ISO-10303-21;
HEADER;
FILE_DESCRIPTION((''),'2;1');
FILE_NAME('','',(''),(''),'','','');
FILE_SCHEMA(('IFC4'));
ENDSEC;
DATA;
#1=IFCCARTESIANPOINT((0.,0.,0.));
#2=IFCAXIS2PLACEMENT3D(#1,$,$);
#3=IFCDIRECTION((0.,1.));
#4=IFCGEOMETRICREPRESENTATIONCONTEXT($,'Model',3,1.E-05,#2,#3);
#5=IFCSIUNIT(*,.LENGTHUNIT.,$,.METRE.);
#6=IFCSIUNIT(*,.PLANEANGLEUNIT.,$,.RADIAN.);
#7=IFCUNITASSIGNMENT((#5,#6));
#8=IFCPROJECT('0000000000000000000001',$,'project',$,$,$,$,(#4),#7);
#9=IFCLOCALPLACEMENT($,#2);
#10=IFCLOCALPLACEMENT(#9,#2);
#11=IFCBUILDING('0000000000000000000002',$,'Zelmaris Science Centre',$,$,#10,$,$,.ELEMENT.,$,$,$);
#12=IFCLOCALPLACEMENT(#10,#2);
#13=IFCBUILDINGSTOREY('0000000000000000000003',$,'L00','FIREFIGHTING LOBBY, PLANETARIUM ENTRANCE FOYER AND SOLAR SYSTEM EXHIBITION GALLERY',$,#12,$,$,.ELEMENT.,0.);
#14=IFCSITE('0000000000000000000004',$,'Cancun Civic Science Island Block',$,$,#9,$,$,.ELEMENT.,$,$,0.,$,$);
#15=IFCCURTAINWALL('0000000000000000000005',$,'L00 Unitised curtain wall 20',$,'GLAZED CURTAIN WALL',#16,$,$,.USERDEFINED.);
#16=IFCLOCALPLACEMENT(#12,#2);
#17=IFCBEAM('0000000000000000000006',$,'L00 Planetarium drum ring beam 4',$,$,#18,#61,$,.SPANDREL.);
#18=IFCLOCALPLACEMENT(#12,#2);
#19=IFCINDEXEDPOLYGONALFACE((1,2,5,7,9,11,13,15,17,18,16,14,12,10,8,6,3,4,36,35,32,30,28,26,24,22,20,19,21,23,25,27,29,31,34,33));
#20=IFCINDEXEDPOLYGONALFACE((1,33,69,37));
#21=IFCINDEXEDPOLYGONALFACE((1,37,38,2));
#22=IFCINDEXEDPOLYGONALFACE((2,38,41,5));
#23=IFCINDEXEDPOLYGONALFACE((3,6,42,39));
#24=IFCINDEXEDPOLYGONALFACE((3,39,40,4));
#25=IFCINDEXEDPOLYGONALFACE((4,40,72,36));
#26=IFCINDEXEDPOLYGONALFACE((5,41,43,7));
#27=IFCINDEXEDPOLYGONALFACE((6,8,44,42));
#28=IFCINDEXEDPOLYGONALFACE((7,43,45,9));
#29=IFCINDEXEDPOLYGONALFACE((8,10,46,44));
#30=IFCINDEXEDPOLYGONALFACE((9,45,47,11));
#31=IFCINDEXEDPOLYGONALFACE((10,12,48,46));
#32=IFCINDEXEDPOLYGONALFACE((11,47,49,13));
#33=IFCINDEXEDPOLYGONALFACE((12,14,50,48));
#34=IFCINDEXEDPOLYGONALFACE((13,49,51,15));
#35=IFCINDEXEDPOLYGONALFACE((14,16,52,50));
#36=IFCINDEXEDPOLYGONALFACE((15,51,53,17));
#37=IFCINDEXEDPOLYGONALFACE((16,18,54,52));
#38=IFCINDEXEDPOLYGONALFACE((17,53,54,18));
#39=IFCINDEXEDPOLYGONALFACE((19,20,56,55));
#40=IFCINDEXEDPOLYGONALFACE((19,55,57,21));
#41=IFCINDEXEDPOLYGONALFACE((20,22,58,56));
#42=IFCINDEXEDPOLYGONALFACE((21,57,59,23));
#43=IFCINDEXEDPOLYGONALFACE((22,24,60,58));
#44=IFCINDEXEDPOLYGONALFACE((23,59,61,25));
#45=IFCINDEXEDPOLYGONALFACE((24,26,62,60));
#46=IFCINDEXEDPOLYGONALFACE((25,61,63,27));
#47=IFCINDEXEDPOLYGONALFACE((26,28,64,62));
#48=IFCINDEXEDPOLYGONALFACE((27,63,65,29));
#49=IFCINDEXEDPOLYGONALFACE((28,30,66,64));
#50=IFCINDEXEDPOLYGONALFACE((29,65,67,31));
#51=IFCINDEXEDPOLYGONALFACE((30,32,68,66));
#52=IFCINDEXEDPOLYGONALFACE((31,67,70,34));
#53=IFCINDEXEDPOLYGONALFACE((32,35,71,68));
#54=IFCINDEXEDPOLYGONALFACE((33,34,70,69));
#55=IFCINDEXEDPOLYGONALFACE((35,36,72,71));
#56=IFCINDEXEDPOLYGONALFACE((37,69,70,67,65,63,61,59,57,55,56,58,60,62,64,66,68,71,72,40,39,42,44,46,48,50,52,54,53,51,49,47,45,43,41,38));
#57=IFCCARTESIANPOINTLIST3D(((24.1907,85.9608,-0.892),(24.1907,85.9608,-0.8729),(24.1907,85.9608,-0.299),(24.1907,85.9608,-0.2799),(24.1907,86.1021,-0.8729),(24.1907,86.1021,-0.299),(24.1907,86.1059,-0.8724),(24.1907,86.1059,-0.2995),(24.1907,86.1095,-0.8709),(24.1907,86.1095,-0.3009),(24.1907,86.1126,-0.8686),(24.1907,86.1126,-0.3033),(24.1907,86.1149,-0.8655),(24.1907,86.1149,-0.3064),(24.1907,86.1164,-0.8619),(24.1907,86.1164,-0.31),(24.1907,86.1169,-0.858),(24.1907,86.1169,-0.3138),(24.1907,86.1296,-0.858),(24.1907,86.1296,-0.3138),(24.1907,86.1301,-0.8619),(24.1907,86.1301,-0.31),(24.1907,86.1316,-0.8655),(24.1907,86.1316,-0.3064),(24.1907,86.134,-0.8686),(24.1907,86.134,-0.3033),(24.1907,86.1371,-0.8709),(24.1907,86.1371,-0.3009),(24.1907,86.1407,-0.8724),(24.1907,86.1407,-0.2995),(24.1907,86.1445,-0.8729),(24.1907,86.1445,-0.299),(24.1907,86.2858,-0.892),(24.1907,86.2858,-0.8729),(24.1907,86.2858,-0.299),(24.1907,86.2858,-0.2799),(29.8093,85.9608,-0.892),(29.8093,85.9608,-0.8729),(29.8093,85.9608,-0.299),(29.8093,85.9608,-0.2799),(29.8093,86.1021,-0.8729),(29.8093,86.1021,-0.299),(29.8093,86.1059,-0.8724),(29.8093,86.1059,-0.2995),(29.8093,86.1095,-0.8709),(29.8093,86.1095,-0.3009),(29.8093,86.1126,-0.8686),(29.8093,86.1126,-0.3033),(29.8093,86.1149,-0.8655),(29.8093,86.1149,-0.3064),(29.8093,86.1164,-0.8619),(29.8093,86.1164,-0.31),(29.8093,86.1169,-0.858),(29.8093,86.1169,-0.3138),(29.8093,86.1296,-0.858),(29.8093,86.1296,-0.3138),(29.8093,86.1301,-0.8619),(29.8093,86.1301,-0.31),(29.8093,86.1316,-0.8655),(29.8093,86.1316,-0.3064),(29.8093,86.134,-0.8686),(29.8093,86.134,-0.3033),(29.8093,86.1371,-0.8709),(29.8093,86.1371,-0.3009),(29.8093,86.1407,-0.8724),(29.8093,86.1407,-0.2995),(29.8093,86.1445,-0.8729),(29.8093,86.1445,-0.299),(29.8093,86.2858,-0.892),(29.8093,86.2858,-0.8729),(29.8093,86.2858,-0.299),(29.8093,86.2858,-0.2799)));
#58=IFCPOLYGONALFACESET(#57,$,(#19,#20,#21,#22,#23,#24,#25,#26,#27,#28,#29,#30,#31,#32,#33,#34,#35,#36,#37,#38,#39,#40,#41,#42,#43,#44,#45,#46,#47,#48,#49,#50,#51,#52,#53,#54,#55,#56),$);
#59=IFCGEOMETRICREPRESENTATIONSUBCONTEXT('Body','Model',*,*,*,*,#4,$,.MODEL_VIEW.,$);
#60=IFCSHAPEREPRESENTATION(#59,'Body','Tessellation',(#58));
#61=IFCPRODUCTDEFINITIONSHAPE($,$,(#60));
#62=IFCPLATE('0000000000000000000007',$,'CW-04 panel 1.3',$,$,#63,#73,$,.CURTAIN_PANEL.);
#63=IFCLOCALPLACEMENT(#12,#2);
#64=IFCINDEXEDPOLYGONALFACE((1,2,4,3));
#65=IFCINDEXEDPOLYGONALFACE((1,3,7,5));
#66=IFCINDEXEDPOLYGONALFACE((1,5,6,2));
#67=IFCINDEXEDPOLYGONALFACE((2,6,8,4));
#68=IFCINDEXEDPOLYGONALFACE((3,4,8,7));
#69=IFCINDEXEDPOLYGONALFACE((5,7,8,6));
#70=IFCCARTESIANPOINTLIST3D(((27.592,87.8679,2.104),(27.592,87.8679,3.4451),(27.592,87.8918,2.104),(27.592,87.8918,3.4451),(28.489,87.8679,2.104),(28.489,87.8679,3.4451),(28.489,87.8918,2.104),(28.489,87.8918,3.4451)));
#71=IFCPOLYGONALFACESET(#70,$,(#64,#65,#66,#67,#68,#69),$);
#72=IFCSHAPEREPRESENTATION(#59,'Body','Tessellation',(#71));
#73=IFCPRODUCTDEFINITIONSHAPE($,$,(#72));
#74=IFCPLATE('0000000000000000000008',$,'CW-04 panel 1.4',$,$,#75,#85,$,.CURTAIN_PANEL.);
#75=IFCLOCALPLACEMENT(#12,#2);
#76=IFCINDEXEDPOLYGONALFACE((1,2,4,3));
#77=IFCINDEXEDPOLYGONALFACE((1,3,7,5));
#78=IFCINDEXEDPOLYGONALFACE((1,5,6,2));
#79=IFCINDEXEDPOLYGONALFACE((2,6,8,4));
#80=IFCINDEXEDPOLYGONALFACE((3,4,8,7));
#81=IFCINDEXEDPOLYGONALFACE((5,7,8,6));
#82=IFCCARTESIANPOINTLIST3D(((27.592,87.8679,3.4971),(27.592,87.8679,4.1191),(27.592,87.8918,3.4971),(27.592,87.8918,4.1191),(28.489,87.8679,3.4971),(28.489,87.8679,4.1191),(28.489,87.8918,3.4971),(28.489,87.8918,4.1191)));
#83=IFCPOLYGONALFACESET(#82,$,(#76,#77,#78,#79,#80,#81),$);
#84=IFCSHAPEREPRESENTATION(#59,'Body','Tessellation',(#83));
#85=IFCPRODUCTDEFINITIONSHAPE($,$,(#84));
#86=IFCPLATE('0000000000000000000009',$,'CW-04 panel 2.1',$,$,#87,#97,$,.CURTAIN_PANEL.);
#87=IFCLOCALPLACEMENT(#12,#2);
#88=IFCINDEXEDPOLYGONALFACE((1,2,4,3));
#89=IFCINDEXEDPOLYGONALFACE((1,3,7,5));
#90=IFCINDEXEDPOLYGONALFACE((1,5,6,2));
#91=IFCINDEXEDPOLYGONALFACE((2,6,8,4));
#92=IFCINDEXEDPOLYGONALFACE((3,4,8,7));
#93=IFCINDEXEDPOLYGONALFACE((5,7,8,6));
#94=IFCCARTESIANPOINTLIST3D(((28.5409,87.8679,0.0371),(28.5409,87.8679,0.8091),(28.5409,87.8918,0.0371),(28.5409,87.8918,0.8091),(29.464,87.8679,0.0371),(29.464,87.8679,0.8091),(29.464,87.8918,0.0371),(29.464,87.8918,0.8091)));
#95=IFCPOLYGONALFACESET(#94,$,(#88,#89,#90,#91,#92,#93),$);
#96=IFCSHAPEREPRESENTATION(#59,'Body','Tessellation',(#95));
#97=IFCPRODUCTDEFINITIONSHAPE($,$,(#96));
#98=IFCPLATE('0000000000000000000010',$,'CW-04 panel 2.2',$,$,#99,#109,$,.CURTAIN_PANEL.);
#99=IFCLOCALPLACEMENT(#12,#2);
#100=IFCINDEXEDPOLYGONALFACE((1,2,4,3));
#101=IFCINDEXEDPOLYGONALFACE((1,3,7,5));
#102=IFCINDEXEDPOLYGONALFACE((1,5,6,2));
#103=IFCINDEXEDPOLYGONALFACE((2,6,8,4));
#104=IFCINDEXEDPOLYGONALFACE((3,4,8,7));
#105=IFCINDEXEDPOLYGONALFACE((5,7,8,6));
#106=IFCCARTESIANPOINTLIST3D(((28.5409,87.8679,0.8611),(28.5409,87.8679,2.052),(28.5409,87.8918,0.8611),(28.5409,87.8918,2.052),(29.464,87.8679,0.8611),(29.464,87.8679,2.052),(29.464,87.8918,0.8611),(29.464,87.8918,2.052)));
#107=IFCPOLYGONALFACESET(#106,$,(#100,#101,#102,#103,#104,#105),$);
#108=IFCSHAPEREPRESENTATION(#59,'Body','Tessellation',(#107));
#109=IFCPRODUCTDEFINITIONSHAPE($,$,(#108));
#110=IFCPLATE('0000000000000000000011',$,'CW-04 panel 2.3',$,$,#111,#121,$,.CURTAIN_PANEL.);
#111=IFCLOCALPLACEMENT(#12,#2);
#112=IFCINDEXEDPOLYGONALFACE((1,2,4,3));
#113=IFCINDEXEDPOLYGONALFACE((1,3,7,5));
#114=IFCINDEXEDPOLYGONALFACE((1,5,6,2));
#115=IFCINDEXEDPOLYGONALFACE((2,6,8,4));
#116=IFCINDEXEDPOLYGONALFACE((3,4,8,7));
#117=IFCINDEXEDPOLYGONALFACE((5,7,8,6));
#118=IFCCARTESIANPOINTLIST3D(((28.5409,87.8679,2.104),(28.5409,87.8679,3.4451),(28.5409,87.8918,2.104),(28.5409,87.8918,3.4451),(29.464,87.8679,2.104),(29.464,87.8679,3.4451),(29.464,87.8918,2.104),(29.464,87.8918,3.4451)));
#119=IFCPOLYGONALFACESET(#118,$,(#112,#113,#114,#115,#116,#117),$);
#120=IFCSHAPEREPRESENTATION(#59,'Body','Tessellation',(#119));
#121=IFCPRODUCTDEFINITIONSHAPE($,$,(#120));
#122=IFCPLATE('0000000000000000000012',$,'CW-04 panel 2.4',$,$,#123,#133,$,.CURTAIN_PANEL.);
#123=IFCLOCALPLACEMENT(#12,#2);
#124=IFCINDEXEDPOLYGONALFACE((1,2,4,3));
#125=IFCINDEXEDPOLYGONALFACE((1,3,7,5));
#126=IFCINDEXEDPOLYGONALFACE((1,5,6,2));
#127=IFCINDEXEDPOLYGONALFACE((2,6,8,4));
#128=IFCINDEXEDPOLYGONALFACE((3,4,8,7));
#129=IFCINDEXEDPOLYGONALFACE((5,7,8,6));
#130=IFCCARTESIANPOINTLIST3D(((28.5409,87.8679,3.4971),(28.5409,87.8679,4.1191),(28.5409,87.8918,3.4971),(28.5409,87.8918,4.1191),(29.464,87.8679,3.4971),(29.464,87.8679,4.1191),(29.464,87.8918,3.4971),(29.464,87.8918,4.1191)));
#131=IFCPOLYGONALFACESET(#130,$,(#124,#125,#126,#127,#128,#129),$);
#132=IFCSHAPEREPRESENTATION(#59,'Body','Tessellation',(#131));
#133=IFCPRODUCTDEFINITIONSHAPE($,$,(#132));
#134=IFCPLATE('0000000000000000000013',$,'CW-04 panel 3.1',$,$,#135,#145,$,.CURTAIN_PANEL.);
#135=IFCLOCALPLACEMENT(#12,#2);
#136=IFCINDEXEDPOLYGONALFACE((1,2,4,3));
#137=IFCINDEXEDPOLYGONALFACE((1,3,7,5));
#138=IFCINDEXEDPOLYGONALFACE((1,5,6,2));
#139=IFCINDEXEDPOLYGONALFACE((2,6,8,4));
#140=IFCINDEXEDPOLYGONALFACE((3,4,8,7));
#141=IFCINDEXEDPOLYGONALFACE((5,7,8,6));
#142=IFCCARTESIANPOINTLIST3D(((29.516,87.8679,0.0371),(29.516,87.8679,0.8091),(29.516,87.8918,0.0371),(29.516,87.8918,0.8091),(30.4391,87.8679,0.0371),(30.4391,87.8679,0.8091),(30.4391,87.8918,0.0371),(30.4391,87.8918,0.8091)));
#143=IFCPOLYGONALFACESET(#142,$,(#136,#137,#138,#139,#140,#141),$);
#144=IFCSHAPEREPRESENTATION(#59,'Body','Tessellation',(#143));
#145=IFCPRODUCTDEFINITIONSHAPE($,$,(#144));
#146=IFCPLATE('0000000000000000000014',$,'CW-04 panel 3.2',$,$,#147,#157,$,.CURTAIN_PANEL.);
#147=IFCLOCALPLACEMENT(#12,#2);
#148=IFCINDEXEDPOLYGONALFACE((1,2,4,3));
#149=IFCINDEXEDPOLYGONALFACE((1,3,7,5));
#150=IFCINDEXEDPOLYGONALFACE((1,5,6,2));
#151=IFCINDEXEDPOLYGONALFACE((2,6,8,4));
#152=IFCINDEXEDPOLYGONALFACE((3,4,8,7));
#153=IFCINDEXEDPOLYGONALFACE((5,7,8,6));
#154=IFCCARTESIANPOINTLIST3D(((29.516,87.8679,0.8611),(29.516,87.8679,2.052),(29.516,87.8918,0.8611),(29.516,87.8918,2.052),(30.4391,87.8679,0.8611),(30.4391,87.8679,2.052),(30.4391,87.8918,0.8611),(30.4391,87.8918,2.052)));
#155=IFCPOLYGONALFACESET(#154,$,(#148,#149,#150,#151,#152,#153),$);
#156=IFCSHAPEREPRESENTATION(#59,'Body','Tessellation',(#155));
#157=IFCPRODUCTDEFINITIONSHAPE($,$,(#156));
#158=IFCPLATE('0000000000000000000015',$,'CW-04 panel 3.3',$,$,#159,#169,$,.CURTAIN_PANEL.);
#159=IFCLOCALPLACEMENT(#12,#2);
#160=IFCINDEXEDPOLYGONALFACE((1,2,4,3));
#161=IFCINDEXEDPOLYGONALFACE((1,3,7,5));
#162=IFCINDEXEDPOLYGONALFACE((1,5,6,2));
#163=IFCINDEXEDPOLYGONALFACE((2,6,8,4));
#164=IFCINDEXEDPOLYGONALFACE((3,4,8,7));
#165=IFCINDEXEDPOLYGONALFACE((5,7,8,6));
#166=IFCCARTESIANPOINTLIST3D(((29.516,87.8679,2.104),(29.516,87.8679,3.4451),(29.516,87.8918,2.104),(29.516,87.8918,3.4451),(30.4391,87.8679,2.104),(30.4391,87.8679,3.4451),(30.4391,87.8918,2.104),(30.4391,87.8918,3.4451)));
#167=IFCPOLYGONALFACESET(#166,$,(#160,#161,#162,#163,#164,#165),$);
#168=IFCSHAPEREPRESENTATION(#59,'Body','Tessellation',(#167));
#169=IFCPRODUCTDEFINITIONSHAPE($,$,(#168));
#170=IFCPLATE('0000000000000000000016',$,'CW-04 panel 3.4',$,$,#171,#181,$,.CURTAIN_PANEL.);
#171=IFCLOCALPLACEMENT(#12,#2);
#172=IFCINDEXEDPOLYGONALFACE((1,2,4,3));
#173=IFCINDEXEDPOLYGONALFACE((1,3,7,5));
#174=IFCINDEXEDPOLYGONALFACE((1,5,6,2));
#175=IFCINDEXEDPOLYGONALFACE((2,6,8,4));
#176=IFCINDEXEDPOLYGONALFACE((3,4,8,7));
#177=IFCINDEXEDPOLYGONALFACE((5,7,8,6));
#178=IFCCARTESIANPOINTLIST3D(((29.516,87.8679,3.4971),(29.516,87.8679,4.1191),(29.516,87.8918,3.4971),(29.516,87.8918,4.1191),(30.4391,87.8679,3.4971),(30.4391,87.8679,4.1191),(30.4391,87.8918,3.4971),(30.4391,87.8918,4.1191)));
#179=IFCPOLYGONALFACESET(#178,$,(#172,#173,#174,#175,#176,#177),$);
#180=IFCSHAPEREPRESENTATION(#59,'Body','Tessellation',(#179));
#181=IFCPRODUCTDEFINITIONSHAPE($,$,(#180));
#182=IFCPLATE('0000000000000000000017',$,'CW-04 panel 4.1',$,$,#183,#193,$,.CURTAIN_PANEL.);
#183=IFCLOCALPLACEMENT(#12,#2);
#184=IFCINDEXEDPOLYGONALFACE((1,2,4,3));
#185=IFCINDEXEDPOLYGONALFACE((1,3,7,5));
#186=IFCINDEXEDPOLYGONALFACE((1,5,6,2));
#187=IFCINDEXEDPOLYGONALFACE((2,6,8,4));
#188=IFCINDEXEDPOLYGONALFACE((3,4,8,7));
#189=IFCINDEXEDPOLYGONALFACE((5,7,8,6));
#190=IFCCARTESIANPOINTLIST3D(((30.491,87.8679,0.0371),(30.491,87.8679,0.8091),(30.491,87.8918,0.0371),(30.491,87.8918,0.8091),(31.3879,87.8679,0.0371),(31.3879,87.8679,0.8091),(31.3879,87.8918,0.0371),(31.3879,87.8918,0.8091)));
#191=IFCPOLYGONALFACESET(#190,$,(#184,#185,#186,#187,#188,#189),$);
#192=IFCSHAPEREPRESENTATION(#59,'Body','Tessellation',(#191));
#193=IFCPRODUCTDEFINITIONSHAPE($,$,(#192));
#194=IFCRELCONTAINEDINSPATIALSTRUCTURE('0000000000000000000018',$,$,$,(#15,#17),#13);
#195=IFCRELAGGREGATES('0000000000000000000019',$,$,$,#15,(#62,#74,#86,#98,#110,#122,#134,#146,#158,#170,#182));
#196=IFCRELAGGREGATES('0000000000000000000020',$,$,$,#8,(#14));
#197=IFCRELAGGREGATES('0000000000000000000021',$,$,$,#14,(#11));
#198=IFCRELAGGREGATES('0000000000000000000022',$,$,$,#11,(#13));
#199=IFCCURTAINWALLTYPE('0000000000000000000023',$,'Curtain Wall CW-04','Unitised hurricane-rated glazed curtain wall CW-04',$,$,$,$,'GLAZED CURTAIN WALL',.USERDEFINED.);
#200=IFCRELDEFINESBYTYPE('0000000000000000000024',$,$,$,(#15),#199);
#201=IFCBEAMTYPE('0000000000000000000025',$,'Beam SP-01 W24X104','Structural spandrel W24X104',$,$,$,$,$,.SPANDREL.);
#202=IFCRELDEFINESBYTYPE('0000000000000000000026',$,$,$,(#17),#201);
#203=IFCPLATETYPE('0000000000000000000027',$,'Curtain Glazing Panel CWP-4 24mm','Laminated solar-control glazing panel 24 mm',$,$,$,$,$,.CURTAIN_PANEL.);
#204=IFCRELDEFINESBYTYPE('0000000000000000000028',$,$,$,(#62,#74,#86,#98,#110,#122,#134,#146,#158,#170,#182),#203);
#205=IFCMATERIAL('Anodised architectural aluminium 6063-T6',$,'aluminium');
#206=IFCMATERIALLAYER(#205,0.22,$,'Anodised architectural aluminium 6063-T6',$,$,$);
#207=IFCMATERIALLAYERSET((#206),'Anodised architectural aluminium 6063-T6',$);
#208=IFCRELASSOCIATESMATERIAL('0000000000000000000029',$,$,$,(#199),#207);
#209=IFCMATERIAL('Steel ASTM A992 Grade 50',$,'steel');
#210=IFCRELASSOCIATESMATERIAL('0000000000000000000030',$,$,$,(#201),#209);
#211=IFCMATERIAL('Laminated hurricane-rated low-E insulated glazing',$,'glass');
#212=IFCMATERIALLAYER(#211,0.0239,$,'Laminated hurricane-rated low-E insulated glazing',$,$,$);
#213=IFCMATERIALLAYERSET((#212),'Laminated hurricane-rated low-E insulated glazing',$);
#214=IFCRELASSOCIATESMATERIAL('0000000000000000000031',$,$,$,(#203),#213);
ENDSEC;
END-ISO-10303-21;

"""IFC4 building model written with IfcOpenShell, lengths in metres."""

from ifc_helpers import new_model, si_unit, direction, frame, origin, origin_2d, place, context, subcontext, project, spatial, rectangle, i_section, extrude, material, layer, layer_set, material_profile, profile_set, type_object, element, aggregate, save


model = new_model("IFC4")

# Units and contexts
model_context = context("Model", 3, precision=1e-05, world=origin(), true_north=direction((0.0, 1.0)))
body_context = subcontext(model_context, "Body", "Model", "MODEL_VIEW")
ifc_project = project(units=[si_unit("LENGTHUNIT", "METRE"), si_unit("PLANEANGLEUNIT", "RADIAN")], contexts=[model_context])

# Site, building, storey
site_placement = place(None, origin())
site = spatial("IfcSite", under=ifc_project, at=site_placement, Name="Cancun Civic Science Island Block", CompositionType="ELEMENT", RefElevation=0.0)
building_placement = place(site_placement, origin())
building = spatial("IfcBuilding", under=site, at=building_placement, Name="Zelmaris Science Centre", CompositionType="ELEMENT")
storey_placement = place(building_placement, origin())
storey = spatial("IfcBuildingStorey", under=building, at=storey_placement, Name="L00", Description="FIREFIGHTING LOBBY, PLANETARIUM ENTRANCE FOYER AND SOLAR SYSTEM EXHIBITION GALLERY", CompositionType="ELEMENT", Elevation=0.0)

# Curtain wall
ifc_material_1 = material(Name="Anodised architectural aluminium 6063-T6", Category="aluminium")
ifc_layer_1 = layer(ifc_material_1, 0.22, Name="Anodised architectural aluminium 6063-T6")
ifc_layer_set_1 = layer_set([ifc_layer_1], Name="Anodised architectural aluminium 6063-T6")
curtain_wall_type = type_object("IfcCurtainWallType", Name="Curtain Wall CW-04", Description="Unitised hurricane-rated glazed curtain wall CW-04", ElementType="GLAZED CURTAIN WALL", PredefinedType="USERDEFINED", material=ifc_layer_set_1)
curtain_wall_placement = place(storey_placement, origin())
curtain_wall = element("IfcCurtainWall", 1, at=curtain_wall_placement, inside=storey, type_object=curtain_wall_type, Name="L00 Unitised curtain wall 20", ObjectType="GLAZED CURTAIN WALL", PredefinedType="USERDEFINED")

# Beam
ifc_material_2 = material(Name="Steel ASTM A992 Grade 50", Category="steel")
ifc_material_profile_1 = material_profile(ifc_material_2, i_section(OverallWidth=0.325, OverallDepth=0.6121, WebThickness=0.0127, FlangeThickness=0.019, FilletRadius=0.0149, at=origin_2d()), Name="W24X104")
ifc_profile_set_1 = profile_set([ifc_material_profile_1], Name="Steel ASTM A992 Grade 50")
beam_type_1 = type_object("IfcBeamType", Name="Beam SP-01 W24X104", Description="Structural spandrel W24X104", PredefinedType="SPANDREL", material=ifc_profile_set_1)
beam_1_placement = place(storey_placement, frame((29.8093, 86.1233, -0.5859), z_axis=(-1.0, 0.0, 0.0), x_axis=(0.0, -1.0, 0.0)))
element("IfcBeam", 2, at=beam_1_placement, inside=storey, type_object=beam_type_1, Name="L00 Planetarium drum ring beam 4", PredefinedType="SPANDREL", context=body_context, shape_type="SweptSolid", body=[
    extrude(i_section(OverallWidth=0.325, OverallDepth=0.6121, WebThickness=0.0127, FlangeThickness=0.019, FilletRadius=0.0149, at=origin_2d()), origin(), (0.0, 0.0, 1.0), 5.6187),
])

# Plates
ifc_material_3 = material(Name="Laminated hurricane-rated low-E insulated glazing", Category="glass")
ifc_layer_2 = layer(ifc_material_3, 0.0239, Name="Laminated hurricane-rated low-E insulated glazing")
ifc_layer_set_2 = layer_set([ifc_layer_2], Name="Laminated hurricane-rated low-E insulated glazing")
plate_type = type_object("IfcPlateType", Name="Curtain Glazing Panel CWP-4 24mm", Description="Laminated solar-control glazing panel 24 mm", PredefinedType="CURTAIN_PANEL", material=ifc_layer_set_2)
plate_1_placement = place(storey_placement, frame((28.0405, 87.8799, 2.104), z_axis=(0.0, 0.0, 1.0), x_axis=(1.0, 0.0, 0.0)))
plate_1 = element("IfcPlate", 3, at=plate_1_placement, type_object=plate_type, Name="CW-04 panel 1.3", PredefinedType="CURTAIN_PANEL", context=body_context, shape_type="SweptSolid", body=[
    extrude(rectangle(XDim=0.897, YDim=0.0239, at=origin_2d()), origin(), (0.0, 0.0, 1.0), 1.3411),
])
plate_2_placement = place(storey_placement, frame((28.0405, 87.8799, 3.4971), z_axis=(0.0, 0.0, 1.0), x_axis=(1.0, 0.0, 0.0)))
plate_2 = element("IfcPlate", 4, at=plate_2_placement, type_object=plate_type, Name="CW-04 panel 1.4", PredefinedType="CURTAIN_PANEL", context=body_context, shape_type="SweptSolid", body=[
    extrude(rectangle(XDim=0.897, YDim=0.0239, at=origin_2d()), origin(), (0.0, 0.0, 1.0), 0.6221),
])
plate_3_placement = place(storey_placement, frame((29.0024, 87.8799, 0.0371), z_axis=(0.0, 0.0, 1.0), x_axis=(1.0, 0.0, 0.0)))
plate_3 = element("IfcPlate", 5, at=plate_3_placement, type_object=plate_type, Name="CW-04 panel 2.1", PredefinedType="CURTAIN_PANEL", context=body_context, shape_type="SweptSolid", body=[
    extrude(rectangle(XDim=0.9231, YDim=0.0239, at=origin_2d()), origin(), (0.0, 0.0, 1.0), 0.772),
])
plate_4_placement = place(storey_placement, frame((29.0024, 87.8799, 0.8611), z_axis=(0.0, 0.0, 1.0), x_axis=(1.0, 0.0, 0.0)))
plate_4 = element("IfcPlate", 6, at=plate_4_placement, type_object=plate_type, Name="CW-04 panel 2.2", PredefinedType="CURTAIN_PANEL", context=body_context, shape_type="SweptSolid", body=[
    extrude(rectangle(XDim=0.9231, YDim=0.0239, at=origin_2d()), origin(), (0.0, 0.0, 1.0), 1.1909),
])
plate_5_placement = place(storey_placement, frame((29.0024, 87.8799, 2.104), z_axis=(0.0, 0.0, 1.0), x_axis=(1.0, 0.0, 0.0)))
plate_5 = element("IfcPlate", 7, at=plate_5_placement, type_object=plate_type, Name="CW-04 panel 2.3", PredefinedType="CURTAIN_PANEL", context=body_context, shape_type="SweptSolid", body=[
    extrude(rectangle(XDim=0.9231, YDim=0.0239, at=origin_2d()), origin(), (0.0, 0.0, 1.0), 1.3411),
])
plate_6_placement = place(storey_placement, frame((29.0024, 87.8799, 3.4971), z_axis=(0.0, 0.0, 1.0), x_axis=(1.0, 0.0, 0.0)))
plate_6 = element("IfcPlate", 8, at=plate_6_placement, type_object=plate_type, Name="CW-04 panel 2.4", PredefinedType="CURTAIN_PANEL", context=body_context, shape_type="SweptSolid", body=[
    extrude(rectangle(XDim=0.9231, YDim=0.0239, at=origin_2d()), origin(), (0.0, 0.0, 1.0), 0.6221),
])
plate_7_placement = place(storey_placement, frame((29.9775, 87.8799, 0.0371), z_axis=(0.0, 0.0, 1.0), x_axis=(1.0, 0.0, 0.0)))
plate_7 = element("IfcPlate", 9, at=plate_7_placement, type_object=plate_type, Name="CW-04 panel 3.1", PredefinedType="CURTAIN_PANEL", context=body_context, shape_type="SweptSolid", body=[
    extrude(rectangle(XDim=0.9231, YDim=0.0239, at=origin_2d()), origin(), (0.0, 0.0, 1.0), 0.772),
])
plate_8_placement = place(storey_placement, frame((29.9775, 87.8799, 0.8611), z_axis=(0.0, 0.0, 1.0), x_axis=(1.0, 0.0, 0.0)))
plate_8 = element("IfcPlate", 10, at=plate_8_placement, type_object=plate_type, Name="CW-04 panel 3.2", PredefinedType="CURTAIN_PANEL", context=body_context, shape_type="SweptSolid", body=[
    extrude(rectangle(XDim=0.9231, YDim=0.0239, at=origin_2d()), origin(), (0.0, 0.0, 1.0), 1.1909),
])
plate_9_placement = place(storey_placement, frame((29.9775, 87.8799, 2.104), z_axis=(0.0, 0.0, 1.0), x_axis=(1.0, 0.0, 0.0)))
plate_9 = element("IfcPlate", 11, at=plate_9_placement, type_object=plate_type, Name="CW-04 panel 3.3", PredefinedType="CURTAIN_PANEL", context=body_context, shape_type="SweptSolid", body=[
    extrude(rectangle(XDim=0.9231, YDim=0.0239, at=origin_2d()), origin(), (0.0, 0.0, 1.0), 1.3411),
])
plate_10_placement = place(storey_placement, frame((29.9775, 87.8799, 3.4971), z_axis=(0.0, 0.0, 1.0), x_axis=(1.0, 0.0, 0.0)))
plate_10 = element("IfcPlate", 12, at=plate_10_placement, type_object=plate_type, Name="CW-04 panel 3.4", PredefinedType="CURTAIN_PANEL", context=body_context, shape_type="SweptSolid", body=[
    extrude(rectangle(XDim=0.9231, YDim=0.0239, at=origin_2d()), origin(), (0.0, 0.0, 1.0), 0.6221),
])
plate_11_placement = place(storey_placement, frame((30.9395, 87.8799, 0.0371), z_axis=(0.0, 0.0, 1.0), x_axis=(1.0, 0.0, 0.0)))
plate_11 = element("IfcPlate", 13, at=plate_11_placement, type_object=plate_type, Name="CW-04 panel 4.1", PredefinedType="CURTAIN_PANEL", context=body_context, shape_type="SweptSolid", body=[
    extrude(rectangle(XDim=0.897, YDim=0.0239, at=origin_2d()), origin(), (0.0, 0.0, 1.0), 0.772),
])
aggregate(curtain_wall, [plate_1, plate_2, plate_3, plate_4, plate_5, plate_6, plate_7, plate_8, plate_9, plate_10, plate_11])

save(model, "model.ifc")
